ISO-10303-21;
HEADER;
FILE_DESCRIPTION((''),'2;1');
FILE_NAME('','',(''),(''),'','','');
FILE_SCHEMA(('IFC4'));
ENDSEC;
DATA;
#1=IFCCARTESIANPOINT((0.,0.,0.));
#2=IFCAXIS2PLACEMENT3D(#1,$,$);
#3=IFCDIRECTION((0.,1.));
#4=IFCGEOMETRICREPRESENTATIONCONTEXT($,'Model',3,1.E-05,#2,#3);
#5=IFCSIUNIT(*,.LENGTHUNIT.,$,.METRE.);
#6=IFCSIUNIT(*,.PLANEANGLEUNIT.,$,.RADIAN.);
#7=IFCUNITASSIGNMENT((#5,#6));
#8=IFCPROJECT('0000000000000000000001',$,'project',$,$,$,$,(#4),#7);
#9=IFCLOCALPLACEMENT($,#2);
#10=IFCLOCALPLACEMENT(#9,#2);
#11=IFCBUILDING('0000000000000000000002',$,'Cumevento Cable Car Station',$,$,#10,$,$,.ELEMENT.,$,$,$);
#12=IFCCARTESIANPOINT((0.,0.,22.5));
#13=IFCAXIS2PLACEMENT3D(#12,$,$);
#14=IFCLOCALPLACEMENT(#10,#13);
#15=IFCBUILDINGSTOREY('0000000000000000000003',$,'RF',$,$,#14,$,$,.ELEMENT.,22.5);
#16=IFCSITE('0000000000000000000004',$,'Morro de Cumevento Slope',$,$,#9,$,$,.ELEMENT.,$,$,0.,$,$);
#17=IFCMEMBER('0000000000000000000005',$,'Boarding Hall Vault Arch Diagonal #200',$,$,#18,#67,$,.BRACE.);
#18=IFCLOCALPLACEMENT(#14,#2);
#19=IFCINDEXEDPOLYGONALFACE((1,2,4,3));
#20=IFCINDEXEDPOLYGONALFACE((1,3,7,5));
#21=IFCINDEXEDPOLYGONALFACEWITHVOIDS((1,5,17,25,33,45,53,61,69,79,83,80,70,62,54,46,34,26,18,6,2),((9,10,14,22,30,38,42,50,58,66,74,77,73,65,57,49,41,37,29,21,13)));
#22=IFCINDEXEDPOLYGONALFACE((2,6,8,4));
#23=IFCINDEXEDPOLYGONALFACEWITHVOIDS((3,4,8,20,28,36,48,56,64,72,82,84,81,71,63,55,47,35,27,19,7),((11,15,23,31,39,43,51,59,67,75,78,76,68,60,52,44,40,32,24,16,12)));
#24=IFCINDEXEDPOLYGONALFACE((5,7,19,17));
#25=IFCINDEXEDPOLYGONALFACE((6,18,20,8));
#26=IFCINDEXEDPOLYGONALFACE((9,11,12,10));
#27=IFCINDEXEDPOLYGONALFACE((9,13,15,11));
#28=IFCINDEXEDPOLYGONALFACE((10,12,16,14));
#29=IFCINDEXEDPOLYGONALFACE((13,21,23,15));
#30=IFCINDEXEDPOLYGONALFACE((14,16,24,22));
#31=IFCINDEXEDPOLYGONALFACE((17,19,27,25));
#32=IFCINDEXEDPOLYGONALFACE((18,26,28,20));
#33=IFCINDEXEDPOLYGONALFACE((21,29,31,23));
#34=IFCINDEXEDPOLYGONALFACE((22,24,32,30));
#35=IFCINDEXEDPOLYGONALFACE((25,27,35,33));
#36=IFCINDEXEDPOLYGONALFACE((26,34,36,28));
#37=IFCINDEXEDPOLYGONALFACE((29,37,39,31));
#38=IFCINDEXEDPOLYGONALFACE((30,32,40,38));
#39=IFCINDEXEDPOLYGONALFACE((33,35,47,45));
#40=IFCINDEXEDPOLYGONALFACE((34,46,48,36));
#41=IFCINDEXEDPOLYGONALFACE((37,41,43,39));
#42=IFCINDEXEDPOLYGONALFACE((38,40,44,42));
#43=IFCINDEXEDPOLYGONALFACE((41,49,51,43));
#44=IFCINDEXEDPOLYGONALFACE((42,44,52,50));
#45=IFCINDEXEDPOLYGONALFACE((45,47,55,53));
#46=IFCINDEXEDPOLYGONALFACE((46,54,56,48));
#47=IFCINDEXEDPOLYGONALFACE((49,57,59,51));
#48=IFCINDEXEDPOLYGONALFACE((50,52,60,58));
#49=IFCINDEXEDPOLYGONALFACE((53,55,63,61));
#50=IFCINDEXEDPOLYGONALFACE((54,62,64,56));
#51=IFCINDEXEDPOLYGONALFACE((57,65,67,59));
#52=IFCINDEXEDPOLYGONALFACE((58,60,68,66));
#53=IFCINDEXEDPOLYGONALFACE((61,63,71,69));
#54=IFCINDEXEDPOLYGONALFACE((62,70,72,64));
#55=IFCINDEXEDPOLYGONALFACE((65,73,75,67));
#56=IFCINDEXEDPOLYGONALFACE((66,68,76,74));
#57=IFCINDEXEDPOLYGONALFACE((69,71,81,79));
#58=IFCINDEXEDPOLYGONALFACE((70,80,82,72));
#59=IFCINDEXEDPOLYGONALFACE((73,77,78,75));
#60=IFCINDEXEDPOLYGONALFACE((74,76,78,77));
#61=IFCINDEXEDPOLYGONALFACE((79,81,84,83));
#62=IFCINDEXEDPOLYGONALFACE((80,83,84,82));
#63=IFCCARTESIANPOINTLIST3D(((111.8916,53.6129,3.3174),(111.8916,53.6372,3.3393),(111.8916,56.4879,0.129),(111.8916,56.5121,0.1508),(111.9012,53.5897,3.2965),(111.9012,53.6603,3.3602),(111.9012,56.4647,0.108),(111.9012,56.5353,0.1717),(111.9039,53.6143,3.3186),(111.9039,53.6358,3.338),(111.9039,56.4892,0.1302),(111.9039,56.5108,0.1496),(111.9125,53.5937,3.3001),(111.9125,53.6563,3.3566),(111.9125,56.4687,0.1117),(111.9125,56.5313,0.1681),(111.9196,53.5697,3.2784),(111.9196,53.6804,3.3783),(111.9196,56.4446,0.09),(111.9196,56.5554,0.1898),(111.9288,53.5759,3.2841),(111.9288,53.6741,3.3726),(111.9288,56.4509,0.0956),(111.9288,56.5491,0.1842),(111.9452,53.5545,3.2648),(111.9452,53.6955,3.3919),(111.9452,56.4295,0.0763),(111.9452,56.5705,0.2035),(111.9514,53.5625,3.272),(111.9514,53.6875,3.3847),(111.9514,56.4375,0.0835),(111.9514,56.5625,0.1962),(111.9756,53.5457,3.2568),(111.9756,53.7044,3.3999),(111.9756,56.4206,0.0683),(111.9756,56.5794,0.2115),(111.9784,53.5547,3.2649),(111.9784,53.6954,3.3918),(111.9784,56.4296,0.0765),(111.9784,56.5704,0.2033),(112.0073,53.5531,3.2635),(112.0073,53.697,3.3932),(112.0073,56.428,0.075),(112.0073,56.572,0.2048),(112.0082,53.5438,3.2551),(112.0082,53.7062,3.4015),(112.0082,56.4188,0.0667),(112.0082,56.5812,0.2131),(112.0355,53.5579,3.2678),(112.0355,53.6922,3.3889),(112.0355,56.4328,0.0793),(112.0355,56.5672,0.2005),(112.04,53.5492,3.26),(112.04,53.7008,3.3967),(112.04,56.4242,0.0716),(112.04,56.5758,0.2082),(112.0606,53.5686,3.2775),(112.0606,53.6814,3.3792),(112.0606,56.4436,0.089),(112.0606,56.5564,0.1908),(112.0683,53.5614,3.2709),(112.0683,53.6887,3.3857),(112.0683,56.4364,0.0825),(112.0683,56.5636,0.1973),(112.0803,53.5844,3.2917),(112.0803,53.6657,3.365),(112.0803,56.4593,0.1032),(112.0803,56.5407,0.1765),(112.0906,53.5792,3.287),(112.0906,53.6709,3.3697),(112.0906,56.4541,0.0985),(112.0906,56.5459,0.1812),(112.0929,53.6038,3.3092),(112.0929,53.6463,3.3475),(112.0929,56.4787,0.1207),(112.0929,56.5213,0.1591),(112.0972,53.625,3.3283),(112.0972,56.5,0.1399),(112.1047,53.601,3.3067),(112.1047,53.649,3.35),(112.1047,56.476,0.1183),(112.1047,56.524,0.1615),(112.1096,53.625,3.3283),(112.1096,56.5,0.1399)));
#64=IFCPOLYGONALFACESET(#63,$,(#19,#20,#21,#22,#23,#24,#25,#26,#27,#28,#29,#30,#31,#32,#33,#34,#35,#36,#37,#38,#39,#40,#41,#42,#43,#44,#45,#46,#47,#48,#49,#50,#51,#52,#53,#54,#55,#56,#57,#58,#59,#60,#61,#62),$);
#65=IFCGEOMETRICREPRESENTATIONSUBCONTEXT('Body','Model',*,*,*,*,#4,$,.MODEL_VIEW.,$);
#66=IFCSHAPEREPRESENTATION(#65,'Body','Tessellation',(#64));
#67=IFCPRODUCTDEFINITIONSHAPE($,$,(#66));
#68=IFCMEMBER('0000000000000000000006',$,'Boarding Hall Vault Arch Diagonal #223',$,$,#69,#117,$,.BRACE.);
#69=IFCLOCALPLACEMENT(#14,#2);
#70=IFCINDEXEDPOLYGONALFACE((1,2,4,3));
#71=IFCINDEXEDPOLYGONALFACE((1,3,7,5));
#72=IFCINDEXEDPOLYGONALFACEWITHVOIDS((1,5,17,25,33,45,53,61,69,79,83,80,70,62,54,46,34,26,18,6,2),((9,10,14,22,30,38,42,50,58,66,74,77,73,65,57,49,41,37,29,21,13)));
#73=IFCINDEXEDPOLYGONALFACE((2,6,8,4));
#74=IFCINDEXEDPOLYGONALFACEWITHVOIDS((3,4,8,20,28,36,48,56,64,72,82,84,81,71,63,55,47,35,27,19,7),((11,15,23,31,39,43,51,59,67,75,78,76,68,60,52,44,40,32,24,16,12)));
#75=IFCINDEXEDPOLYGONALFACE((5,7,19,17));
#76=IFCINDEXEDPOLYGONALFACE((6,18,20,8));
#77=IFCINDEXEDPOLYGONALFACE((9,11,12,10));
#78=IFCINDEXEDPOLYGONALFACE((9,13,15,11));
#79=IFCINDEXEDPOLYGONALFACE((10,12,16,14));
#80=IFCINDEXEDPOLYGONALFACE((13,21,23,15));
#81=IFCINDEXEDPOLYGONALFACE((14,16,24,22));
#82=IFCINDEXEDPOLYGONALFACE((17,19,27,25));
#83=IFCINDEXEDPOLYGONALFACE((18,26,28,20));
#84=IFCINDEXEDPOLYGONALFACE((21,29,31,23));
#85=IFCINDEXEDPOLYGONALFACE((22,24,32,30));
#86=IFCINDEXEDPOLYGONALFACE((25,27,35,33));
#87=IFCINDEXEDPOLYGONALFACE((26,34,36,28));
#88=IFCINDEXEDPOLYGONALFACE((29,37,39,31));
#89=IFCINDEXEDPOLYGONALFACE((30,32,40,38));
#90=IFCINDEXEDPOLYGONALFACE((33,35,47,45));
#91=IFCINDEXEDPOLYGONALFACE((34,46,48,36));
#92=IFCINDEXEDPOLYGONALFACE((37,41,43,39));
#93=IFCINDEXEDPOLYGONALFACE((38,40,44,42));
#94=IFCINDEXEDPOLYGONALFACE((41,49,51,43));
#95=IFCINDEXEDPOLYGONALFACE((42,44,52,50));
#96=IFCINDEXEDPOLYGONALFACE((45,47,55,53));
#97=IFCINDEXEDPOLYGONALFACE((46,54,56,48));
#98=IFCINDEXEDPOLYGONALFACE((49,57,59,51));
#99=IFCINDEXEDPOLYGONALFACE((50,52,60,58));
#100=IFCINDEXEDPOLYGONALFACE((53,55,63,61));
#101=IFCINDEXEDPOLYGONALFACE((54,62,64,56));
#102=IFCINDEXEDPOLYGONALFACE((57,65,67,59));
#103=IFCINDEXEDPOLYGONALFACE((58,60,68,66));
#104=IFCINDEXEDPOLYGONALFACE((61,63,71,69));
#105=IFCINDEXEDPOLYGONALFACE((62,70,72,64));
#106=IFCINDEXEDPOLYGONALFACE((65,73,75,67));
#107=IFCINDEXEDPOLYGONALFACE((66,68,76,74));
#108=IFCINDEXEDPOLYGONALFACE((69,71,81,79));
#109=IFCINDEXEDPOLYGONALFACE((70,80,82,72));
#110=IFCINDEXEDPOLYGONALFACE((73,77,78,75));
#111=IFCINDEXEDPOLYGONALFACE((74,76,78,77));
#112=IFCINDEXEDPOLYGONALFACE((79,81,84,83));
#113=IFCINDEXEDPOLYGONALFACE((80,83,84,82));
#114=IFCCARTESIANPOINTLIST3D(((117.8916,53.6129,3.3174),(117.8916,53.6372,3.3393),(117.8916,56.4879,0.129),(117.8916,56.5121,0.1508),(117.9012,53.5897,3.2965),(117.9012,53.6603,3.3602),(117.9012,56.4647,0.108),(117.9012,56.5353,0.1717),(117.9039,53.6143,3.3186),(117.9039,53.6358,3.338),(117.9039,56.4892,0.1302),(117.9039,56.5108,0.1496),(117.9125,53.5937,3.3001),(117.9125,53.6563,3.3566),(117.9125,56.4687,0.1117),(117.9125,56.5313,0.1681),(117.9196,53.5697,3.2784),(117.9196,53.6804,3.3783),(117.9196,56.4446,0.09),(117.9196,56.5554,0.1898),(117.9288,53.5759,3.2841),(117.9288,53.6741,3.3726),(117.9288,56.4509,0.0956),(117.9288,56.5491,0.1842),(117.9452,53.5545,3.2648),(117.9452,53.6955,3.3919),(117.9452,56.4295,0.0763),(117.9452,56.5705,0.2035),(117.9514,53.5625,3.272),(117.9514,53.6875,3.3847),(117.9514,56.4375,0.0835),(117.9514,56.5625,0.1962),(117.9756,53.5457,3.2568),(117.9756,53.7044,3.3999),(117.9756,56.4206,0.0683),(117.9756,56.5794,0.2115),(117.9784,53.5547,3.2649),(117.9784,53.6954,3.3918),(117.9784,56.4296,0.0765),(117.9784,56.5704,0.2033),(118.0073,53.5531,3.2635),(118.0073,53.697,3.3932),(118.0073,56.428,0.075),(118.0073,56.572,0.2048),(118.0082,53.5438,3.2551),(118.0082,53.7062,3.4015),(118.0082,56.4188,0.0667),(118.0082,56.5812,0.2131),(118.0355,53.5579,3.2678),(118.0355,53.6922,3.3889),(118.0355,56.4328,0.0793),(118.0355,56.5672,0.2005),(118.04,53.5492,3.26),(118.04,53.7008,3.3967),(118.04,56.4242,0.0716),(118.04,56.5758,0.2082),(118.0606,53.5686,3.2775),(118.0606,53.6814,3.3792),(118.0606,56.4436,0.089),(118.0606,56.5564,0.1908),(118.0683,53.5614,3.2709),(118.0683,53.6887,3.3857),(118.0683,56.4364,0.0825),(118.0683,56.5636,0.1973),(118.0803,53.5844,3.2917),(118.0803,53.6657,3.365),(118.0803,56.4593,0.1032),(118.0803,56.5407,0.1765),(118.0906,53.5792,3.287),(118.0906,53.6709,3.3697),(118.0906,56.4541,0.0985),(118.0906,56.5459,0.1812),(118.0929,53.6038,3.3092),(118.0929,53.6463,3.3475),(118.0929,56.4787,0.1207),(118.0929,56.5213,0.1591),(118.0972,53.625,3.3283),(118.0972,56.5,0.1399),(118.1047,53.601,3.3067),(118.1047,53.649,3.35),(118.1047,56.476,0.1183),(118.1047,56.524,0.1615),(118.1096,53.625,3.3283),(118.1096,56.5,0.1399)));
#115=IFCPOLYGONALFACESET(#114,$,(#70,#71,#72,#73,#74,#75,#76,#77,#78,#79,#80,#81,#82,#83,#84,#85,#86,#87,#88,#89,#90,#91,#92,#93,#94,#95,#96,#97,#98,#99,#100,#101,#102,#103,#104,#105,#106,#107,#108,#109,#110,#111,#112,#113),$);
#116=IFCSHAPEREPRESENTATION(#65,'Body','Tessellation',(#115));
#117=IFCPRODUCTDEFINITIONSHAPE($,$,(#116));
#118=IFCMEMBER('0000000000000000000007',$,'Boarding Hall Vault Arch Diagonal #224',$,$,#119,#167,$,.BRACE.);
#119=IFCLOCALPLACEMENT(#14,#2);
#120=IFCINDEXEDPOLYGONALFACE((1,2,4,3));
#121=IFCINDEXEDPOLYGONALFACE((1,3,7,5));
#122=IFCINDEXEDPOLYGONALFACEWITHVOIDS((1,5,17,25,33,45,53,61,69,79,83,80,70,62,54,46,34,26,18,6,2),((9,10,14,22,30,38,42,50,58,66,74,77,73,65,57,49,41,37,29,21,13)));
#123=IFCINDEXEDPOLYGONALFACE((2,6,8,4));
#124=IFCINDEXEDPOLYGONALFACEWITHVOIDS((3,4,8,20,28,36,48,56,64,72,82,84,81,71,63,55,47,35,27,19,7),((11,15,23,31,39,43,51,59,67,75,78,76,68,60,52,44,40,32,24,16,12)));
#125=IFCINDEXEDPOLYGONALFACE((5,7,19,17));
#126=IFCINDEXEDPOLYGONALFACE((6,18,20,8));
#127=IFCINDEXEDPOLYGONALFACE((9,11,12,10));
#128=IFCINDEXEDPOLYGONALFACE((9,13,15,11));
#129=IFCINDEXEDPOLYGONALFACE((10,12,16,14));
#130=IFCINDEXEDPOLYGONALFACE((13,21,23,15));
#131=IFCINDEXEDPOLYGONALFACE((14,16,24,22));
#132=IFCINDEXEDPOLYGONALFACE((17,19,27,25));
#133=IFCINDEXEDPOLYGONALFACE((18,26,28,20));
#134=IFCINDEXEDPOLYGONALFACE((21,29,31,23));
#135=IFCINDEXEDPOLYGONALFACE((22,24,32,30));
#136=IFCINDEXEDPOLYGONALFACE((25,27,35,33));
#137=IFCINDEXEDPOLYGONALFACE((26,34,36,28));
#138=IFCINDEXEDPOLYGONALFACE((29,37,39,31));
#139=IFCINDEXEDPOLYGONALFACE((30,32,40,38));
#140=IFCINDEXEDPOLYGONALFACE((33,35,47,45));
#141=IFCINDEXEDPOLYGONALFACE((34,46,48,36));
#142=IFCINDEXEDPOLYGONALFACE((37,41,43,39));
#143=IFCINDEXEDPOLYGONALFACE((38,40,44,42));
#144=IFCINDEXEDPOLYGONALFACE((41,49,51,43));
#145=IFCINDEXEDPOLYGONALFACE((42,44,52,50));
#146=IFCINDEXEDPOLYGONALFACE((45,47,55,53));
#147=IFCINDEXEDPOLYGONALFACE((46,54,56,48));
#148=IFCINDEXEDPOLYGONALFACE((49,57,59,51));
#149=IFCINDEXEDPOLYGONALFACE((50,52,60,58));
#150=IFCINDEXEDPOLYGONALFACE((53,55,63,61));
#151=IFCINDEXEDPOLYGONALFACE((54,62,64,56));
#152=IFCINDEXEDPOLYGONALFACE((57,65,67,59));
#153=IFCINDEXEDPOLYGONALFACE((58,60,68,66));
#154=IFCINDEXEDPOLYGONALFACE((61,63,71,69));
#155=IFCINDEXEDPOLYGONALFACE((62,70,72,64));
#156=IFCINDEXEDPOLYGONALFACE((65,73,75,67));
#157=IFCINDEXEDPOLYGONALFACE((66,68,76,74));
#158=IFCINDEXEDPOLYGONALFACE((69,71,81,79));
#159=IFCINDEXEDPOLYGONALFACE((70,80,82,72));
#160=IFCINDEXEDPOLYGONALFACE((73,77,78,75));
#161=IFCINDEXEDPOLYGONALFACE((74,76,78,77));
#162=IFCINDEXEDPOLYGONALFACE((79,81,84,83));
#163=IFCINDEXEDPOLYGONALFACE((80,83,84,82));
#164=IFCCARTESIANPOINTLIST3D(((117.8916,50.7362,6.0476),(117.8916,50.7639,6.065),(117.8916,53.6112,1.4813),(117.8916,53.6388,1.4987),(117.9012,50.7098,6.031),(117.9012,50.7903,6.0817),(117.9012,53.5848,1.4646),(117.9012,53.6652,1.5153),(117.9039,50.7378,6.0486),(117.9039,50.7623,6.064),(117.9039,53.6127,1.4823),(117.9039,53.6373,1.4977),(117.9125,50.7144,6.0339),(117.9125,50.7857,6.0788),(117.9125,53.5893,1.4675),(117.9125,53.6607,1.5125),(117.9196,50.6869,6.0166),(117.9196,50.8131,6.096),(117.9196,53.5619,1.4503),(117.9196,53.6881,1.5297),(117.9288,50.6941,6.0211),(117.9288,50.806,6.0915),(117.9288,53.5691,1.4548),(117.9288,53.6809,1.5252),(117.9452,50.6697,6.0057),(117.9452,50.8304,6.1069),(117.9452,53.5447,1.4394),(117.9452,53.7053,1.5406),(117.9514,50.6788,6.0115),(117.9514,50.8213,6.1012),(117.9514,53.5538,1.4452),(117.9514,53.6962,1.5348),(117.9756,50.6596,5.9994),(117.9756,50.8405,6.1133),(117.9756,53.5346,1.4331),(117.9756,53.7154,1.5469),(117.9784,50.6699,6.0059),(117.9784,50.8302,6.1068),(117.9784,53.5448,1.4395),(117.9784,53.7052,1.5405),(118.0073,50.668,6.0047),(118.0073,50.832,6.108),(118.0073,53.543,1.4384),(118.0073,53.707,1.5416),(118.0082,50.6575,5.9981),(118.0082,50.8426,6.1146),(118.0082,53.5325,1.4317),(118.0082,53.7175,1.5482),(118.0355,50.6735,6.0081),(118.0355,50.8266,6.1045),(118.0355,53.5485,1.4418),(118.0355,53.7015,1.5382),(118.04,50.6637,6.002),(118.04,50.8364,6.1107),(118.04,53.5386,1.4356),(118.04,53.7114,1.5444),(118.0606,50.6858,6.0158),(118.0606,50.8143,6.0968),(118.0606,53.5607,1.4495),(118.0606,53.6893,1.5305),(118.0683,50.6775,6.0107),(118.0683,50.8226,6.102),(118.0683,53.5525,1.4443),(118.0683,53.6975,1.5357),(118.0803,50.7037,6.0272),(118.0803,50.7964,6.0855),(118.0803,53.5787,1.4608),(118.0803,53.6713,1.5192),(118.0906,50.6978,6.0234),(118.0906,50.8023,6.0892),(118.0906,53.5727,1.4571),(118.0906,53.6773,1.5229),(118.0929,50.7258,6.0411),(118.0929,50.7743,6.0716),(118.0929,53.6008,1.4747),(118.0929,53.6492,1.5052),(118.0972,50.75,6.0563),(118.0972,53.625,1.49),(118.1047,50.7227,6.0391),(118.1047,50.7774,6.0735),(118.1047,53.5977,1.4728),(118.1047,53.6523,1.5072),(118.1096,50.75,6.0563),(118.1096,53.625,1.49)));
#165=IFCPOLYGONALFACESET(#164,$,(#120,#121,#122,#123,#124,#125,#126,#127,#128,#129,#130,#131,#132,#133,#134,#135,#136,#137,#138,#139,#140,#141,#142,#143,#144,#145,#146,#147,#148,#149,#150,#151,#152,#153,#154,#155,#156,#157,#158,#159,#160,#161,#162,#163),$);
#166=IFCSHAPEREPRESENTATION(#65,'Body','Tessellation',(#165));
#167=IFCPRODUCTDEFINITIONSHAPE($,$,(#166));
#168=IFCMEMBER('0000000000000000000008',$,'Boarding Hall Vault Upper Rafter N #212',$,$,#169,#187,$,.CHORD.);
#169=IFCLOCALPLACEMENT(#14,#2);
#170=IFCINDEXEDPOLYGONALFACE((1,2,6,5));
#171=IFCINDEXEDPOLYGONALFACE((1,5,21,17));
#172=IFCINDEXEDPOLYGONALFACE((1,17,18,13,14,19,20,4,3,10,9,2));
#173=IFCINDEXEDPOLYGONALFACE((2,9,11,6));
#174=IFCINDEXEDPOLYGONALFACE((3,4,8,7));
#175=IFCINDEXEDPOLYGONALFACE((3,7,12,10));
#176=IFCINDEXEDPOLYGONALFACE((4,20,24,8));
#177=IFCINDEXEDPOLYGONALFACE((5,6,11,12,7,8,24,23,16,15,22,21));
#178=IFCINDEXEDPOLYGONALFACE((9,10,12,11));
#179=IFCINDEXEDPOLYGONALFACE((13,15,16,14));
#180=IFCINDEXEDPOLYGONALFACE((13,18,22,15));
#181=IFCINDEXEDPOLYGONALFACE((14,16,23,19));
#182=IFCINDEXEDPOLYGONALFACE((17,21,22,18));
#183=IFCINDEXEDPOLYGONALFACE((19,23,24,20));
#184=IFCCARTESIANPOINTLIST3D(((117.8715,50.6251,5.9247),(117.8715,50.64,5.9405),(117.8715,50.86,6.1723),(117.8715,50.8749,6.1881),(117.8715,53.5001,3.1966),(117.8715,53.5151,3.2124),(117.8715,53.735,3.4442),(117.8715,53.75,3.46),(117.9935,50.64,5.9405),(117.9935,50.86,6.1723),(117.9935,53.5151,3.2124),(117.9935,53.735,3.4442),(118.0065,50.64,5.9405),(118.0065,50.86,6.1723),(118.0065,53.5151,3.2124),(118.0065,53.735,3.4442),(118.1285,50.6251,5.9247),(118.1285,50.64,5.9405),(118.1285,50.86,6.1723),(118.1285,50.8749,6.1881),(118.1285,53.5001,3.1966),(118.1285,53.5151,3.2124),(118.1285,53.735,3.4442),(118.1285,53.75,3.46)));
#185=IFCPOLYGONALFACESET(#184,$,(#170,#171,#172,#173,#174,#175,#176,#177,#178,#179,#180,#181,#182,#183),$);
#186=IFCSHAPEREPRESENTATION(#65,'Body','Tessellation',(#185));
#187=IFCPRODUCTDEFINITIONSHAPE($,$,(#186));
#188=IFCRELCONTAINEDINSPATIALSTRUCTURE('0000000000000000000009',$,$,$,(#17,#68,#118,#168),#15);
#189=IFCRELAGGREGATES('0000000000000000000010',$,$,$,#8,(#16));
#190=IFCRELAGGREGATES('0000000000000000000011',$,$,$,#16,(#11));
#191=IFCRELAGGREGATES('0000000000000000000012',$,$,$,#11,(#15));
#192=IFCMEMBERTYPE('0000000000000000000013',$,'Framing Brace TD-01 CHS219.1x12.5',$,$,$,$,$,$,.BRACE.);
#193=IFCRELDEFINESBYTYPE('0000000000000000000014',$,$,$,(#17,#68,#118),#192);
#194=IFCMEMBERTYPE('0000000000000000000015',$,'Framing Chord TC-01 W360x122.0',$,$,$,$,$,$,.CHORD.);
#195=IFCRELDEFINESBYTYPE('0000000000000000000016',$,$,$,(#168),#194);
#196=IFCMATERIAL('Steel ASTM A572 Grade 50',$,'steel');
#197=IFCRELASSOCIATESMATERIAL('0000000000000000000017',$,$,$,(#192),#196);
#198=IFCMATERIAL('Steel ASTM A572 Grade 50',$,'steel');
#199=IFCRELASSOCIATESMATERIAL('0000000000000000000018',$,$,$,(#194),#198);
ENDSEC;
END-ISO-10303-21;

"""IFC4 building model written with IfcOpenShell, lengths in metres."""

from ifc_helpers import new_model, si_unit, direction, frame, origin, origin_2d, place, context, subcontext, project, spatial, hollow_circle, i_section, extrude, material, material_profile, profile_set, type_object, element, save


model = new_model("IFC4")

# Units and contexts
model_context = context("Model", 3, precision=1e-05, world=origin(), true_north=direction((0.0, 1.0)))
body_context = subcontext(model_context, "Body", "Model", "MODEL_VIEW")
ifc_project = project(units=[si_unit("LENGTHUNIT", "METRE"), si_unit("PLANEANGLEUNIT", "RADIAN")], contexts=[model_context])

# Site, building, storey
site_placement = place(None, origin())
site = spatial("IfcSite", under=ifc_project, at=site_placement, Name="Morro de Cumevento Slope", CompositionType="ELEMENT", RefElevation=0.0)
building_placement = place(site_placement, origin())
building = spatial("IfcBuilding", under=site, at=building_placement, Name="Cumevento Cable Car Station", CompositionType="ELEMENT")
storey_placement = place(building_placement, frame((0.0, 0.0, 22.5)))
storey = spatial("IfcBuildingStorey", under=building, at=storey_placement, Name="RF", CompositionType="ELEMENT", Elevation=22.5)

# Members
ifc_material_1 = material(Name="Steel ASTM A572 Grade 50", Category="steel")
ifc_material_profile_1 = material_profile(ifc_material_1, hollow_circle(Radius=0.1096, WallThickness=0.0125, at=origin_2d()), Name="CHS219.1x12.5")
ifc_profile_set_1 = profile_set([ifc_material_profile_1], Name="Steel ASTM A572 Grade 50")
member_type_1 = type_object("IfcMemberType", Name="Framing Brace TD-01 CHS219.1x12.5", PredefinedType="BRACE", material=ifc_profile_set_1)
for number, where, z_axis, x_axis, name in (
    (1, (112.0, 56.5, 0.1399), (0.0, -0.669656, 0.742672), (1.0, 0.0, 0.0), "Boarding Hall Vault Arch Diagonal #200"),
    (2, (118.0, 56.5, 0.1399), (0.0, -0.669656, 0.742672), (1.0, 0.0, 0.0), "Boarding Hall Vault Arch Diagonal #223"),
):
    element("IfcMember", number, at=place(storey_placement, frame(where, z_axis=z_axis, x_axis=x_axis)), inside=storey, type_object=member_type_1, Name=name, PredefinedType="BRACE", context=body_context, shape_type="SweptSolid", body=[
        extrude(hollow_circle(Radius=0.1096, WallThickness=0.0125, at=origin_2d()), origin(), (0.0, 0.0, 1.0), 4.2932),
    ])
member_1_placement = place(storey_placement, frame((118.0, 53.625, 1.49), z_axis=(0.0, -0.532794, 0.846245), x_axis=(1.0, 0.0, 0.0)))
element("IfcMember", 3, at=member_1_placement, inside=storey, type_object=member_type_1, Name="Boarding Hall Vault Arch Diagonal #224", PredefinedType="BRACE", context=body_context, shape_type="SweptSolid", body=[
    extrude(hollow_circle(Radius=0.1096, WallThickness=0.0125, at=origin_2d()), origin(), (0.0, 0.0, 1.0), 5.396),
])
ifc_material_2 = material(Name="Steel ASTM A572 Grade 50", Category="steel")
ifc_material_profile_2 = material_profile(ifc_material_2, i_section(OverallWidth=0.2571, OverallDepth=0.363, WebThickness=0.0129, FlangeThickness=0.0217, at=origin_2d()), Name="W360x122.0")
ifc_profile_set_2 = profile_set([ifc_material_profile_2], Name="Steel ASTM A572 Grade 50")
member_type_2 = type_object("IfcMemberType", Name="Framing Chord TC-01 W360x122.0", PredefinedType="CHORD", material=ifc_profile_set_2)
member_2_placement = place(storey_placement, frame((118.0, 50.75, 6.0564), z_axis=(0.0, 0.725405, -0.688322), x_axis=(-1.0, 0.0, 0.0)))
element("IfcMember", 4, at=member_2_placement, inside=storey, type_object=member_type_2, Name="Boarding Hall Vault Upper Rafter N #212", PredefinedType="CHORD", context=body_context, shape_type="SweptSolid", body=[
    extrude(i_section(OverallWidth=0.2571, OverallDepth=0.363, WebThickness=0.0129, FlangeThickness=0.0217, at=origin_2d()), origin(), (0.0, 0.0, 1.0), 3.9634),
])

save(model, "model.ifc")
